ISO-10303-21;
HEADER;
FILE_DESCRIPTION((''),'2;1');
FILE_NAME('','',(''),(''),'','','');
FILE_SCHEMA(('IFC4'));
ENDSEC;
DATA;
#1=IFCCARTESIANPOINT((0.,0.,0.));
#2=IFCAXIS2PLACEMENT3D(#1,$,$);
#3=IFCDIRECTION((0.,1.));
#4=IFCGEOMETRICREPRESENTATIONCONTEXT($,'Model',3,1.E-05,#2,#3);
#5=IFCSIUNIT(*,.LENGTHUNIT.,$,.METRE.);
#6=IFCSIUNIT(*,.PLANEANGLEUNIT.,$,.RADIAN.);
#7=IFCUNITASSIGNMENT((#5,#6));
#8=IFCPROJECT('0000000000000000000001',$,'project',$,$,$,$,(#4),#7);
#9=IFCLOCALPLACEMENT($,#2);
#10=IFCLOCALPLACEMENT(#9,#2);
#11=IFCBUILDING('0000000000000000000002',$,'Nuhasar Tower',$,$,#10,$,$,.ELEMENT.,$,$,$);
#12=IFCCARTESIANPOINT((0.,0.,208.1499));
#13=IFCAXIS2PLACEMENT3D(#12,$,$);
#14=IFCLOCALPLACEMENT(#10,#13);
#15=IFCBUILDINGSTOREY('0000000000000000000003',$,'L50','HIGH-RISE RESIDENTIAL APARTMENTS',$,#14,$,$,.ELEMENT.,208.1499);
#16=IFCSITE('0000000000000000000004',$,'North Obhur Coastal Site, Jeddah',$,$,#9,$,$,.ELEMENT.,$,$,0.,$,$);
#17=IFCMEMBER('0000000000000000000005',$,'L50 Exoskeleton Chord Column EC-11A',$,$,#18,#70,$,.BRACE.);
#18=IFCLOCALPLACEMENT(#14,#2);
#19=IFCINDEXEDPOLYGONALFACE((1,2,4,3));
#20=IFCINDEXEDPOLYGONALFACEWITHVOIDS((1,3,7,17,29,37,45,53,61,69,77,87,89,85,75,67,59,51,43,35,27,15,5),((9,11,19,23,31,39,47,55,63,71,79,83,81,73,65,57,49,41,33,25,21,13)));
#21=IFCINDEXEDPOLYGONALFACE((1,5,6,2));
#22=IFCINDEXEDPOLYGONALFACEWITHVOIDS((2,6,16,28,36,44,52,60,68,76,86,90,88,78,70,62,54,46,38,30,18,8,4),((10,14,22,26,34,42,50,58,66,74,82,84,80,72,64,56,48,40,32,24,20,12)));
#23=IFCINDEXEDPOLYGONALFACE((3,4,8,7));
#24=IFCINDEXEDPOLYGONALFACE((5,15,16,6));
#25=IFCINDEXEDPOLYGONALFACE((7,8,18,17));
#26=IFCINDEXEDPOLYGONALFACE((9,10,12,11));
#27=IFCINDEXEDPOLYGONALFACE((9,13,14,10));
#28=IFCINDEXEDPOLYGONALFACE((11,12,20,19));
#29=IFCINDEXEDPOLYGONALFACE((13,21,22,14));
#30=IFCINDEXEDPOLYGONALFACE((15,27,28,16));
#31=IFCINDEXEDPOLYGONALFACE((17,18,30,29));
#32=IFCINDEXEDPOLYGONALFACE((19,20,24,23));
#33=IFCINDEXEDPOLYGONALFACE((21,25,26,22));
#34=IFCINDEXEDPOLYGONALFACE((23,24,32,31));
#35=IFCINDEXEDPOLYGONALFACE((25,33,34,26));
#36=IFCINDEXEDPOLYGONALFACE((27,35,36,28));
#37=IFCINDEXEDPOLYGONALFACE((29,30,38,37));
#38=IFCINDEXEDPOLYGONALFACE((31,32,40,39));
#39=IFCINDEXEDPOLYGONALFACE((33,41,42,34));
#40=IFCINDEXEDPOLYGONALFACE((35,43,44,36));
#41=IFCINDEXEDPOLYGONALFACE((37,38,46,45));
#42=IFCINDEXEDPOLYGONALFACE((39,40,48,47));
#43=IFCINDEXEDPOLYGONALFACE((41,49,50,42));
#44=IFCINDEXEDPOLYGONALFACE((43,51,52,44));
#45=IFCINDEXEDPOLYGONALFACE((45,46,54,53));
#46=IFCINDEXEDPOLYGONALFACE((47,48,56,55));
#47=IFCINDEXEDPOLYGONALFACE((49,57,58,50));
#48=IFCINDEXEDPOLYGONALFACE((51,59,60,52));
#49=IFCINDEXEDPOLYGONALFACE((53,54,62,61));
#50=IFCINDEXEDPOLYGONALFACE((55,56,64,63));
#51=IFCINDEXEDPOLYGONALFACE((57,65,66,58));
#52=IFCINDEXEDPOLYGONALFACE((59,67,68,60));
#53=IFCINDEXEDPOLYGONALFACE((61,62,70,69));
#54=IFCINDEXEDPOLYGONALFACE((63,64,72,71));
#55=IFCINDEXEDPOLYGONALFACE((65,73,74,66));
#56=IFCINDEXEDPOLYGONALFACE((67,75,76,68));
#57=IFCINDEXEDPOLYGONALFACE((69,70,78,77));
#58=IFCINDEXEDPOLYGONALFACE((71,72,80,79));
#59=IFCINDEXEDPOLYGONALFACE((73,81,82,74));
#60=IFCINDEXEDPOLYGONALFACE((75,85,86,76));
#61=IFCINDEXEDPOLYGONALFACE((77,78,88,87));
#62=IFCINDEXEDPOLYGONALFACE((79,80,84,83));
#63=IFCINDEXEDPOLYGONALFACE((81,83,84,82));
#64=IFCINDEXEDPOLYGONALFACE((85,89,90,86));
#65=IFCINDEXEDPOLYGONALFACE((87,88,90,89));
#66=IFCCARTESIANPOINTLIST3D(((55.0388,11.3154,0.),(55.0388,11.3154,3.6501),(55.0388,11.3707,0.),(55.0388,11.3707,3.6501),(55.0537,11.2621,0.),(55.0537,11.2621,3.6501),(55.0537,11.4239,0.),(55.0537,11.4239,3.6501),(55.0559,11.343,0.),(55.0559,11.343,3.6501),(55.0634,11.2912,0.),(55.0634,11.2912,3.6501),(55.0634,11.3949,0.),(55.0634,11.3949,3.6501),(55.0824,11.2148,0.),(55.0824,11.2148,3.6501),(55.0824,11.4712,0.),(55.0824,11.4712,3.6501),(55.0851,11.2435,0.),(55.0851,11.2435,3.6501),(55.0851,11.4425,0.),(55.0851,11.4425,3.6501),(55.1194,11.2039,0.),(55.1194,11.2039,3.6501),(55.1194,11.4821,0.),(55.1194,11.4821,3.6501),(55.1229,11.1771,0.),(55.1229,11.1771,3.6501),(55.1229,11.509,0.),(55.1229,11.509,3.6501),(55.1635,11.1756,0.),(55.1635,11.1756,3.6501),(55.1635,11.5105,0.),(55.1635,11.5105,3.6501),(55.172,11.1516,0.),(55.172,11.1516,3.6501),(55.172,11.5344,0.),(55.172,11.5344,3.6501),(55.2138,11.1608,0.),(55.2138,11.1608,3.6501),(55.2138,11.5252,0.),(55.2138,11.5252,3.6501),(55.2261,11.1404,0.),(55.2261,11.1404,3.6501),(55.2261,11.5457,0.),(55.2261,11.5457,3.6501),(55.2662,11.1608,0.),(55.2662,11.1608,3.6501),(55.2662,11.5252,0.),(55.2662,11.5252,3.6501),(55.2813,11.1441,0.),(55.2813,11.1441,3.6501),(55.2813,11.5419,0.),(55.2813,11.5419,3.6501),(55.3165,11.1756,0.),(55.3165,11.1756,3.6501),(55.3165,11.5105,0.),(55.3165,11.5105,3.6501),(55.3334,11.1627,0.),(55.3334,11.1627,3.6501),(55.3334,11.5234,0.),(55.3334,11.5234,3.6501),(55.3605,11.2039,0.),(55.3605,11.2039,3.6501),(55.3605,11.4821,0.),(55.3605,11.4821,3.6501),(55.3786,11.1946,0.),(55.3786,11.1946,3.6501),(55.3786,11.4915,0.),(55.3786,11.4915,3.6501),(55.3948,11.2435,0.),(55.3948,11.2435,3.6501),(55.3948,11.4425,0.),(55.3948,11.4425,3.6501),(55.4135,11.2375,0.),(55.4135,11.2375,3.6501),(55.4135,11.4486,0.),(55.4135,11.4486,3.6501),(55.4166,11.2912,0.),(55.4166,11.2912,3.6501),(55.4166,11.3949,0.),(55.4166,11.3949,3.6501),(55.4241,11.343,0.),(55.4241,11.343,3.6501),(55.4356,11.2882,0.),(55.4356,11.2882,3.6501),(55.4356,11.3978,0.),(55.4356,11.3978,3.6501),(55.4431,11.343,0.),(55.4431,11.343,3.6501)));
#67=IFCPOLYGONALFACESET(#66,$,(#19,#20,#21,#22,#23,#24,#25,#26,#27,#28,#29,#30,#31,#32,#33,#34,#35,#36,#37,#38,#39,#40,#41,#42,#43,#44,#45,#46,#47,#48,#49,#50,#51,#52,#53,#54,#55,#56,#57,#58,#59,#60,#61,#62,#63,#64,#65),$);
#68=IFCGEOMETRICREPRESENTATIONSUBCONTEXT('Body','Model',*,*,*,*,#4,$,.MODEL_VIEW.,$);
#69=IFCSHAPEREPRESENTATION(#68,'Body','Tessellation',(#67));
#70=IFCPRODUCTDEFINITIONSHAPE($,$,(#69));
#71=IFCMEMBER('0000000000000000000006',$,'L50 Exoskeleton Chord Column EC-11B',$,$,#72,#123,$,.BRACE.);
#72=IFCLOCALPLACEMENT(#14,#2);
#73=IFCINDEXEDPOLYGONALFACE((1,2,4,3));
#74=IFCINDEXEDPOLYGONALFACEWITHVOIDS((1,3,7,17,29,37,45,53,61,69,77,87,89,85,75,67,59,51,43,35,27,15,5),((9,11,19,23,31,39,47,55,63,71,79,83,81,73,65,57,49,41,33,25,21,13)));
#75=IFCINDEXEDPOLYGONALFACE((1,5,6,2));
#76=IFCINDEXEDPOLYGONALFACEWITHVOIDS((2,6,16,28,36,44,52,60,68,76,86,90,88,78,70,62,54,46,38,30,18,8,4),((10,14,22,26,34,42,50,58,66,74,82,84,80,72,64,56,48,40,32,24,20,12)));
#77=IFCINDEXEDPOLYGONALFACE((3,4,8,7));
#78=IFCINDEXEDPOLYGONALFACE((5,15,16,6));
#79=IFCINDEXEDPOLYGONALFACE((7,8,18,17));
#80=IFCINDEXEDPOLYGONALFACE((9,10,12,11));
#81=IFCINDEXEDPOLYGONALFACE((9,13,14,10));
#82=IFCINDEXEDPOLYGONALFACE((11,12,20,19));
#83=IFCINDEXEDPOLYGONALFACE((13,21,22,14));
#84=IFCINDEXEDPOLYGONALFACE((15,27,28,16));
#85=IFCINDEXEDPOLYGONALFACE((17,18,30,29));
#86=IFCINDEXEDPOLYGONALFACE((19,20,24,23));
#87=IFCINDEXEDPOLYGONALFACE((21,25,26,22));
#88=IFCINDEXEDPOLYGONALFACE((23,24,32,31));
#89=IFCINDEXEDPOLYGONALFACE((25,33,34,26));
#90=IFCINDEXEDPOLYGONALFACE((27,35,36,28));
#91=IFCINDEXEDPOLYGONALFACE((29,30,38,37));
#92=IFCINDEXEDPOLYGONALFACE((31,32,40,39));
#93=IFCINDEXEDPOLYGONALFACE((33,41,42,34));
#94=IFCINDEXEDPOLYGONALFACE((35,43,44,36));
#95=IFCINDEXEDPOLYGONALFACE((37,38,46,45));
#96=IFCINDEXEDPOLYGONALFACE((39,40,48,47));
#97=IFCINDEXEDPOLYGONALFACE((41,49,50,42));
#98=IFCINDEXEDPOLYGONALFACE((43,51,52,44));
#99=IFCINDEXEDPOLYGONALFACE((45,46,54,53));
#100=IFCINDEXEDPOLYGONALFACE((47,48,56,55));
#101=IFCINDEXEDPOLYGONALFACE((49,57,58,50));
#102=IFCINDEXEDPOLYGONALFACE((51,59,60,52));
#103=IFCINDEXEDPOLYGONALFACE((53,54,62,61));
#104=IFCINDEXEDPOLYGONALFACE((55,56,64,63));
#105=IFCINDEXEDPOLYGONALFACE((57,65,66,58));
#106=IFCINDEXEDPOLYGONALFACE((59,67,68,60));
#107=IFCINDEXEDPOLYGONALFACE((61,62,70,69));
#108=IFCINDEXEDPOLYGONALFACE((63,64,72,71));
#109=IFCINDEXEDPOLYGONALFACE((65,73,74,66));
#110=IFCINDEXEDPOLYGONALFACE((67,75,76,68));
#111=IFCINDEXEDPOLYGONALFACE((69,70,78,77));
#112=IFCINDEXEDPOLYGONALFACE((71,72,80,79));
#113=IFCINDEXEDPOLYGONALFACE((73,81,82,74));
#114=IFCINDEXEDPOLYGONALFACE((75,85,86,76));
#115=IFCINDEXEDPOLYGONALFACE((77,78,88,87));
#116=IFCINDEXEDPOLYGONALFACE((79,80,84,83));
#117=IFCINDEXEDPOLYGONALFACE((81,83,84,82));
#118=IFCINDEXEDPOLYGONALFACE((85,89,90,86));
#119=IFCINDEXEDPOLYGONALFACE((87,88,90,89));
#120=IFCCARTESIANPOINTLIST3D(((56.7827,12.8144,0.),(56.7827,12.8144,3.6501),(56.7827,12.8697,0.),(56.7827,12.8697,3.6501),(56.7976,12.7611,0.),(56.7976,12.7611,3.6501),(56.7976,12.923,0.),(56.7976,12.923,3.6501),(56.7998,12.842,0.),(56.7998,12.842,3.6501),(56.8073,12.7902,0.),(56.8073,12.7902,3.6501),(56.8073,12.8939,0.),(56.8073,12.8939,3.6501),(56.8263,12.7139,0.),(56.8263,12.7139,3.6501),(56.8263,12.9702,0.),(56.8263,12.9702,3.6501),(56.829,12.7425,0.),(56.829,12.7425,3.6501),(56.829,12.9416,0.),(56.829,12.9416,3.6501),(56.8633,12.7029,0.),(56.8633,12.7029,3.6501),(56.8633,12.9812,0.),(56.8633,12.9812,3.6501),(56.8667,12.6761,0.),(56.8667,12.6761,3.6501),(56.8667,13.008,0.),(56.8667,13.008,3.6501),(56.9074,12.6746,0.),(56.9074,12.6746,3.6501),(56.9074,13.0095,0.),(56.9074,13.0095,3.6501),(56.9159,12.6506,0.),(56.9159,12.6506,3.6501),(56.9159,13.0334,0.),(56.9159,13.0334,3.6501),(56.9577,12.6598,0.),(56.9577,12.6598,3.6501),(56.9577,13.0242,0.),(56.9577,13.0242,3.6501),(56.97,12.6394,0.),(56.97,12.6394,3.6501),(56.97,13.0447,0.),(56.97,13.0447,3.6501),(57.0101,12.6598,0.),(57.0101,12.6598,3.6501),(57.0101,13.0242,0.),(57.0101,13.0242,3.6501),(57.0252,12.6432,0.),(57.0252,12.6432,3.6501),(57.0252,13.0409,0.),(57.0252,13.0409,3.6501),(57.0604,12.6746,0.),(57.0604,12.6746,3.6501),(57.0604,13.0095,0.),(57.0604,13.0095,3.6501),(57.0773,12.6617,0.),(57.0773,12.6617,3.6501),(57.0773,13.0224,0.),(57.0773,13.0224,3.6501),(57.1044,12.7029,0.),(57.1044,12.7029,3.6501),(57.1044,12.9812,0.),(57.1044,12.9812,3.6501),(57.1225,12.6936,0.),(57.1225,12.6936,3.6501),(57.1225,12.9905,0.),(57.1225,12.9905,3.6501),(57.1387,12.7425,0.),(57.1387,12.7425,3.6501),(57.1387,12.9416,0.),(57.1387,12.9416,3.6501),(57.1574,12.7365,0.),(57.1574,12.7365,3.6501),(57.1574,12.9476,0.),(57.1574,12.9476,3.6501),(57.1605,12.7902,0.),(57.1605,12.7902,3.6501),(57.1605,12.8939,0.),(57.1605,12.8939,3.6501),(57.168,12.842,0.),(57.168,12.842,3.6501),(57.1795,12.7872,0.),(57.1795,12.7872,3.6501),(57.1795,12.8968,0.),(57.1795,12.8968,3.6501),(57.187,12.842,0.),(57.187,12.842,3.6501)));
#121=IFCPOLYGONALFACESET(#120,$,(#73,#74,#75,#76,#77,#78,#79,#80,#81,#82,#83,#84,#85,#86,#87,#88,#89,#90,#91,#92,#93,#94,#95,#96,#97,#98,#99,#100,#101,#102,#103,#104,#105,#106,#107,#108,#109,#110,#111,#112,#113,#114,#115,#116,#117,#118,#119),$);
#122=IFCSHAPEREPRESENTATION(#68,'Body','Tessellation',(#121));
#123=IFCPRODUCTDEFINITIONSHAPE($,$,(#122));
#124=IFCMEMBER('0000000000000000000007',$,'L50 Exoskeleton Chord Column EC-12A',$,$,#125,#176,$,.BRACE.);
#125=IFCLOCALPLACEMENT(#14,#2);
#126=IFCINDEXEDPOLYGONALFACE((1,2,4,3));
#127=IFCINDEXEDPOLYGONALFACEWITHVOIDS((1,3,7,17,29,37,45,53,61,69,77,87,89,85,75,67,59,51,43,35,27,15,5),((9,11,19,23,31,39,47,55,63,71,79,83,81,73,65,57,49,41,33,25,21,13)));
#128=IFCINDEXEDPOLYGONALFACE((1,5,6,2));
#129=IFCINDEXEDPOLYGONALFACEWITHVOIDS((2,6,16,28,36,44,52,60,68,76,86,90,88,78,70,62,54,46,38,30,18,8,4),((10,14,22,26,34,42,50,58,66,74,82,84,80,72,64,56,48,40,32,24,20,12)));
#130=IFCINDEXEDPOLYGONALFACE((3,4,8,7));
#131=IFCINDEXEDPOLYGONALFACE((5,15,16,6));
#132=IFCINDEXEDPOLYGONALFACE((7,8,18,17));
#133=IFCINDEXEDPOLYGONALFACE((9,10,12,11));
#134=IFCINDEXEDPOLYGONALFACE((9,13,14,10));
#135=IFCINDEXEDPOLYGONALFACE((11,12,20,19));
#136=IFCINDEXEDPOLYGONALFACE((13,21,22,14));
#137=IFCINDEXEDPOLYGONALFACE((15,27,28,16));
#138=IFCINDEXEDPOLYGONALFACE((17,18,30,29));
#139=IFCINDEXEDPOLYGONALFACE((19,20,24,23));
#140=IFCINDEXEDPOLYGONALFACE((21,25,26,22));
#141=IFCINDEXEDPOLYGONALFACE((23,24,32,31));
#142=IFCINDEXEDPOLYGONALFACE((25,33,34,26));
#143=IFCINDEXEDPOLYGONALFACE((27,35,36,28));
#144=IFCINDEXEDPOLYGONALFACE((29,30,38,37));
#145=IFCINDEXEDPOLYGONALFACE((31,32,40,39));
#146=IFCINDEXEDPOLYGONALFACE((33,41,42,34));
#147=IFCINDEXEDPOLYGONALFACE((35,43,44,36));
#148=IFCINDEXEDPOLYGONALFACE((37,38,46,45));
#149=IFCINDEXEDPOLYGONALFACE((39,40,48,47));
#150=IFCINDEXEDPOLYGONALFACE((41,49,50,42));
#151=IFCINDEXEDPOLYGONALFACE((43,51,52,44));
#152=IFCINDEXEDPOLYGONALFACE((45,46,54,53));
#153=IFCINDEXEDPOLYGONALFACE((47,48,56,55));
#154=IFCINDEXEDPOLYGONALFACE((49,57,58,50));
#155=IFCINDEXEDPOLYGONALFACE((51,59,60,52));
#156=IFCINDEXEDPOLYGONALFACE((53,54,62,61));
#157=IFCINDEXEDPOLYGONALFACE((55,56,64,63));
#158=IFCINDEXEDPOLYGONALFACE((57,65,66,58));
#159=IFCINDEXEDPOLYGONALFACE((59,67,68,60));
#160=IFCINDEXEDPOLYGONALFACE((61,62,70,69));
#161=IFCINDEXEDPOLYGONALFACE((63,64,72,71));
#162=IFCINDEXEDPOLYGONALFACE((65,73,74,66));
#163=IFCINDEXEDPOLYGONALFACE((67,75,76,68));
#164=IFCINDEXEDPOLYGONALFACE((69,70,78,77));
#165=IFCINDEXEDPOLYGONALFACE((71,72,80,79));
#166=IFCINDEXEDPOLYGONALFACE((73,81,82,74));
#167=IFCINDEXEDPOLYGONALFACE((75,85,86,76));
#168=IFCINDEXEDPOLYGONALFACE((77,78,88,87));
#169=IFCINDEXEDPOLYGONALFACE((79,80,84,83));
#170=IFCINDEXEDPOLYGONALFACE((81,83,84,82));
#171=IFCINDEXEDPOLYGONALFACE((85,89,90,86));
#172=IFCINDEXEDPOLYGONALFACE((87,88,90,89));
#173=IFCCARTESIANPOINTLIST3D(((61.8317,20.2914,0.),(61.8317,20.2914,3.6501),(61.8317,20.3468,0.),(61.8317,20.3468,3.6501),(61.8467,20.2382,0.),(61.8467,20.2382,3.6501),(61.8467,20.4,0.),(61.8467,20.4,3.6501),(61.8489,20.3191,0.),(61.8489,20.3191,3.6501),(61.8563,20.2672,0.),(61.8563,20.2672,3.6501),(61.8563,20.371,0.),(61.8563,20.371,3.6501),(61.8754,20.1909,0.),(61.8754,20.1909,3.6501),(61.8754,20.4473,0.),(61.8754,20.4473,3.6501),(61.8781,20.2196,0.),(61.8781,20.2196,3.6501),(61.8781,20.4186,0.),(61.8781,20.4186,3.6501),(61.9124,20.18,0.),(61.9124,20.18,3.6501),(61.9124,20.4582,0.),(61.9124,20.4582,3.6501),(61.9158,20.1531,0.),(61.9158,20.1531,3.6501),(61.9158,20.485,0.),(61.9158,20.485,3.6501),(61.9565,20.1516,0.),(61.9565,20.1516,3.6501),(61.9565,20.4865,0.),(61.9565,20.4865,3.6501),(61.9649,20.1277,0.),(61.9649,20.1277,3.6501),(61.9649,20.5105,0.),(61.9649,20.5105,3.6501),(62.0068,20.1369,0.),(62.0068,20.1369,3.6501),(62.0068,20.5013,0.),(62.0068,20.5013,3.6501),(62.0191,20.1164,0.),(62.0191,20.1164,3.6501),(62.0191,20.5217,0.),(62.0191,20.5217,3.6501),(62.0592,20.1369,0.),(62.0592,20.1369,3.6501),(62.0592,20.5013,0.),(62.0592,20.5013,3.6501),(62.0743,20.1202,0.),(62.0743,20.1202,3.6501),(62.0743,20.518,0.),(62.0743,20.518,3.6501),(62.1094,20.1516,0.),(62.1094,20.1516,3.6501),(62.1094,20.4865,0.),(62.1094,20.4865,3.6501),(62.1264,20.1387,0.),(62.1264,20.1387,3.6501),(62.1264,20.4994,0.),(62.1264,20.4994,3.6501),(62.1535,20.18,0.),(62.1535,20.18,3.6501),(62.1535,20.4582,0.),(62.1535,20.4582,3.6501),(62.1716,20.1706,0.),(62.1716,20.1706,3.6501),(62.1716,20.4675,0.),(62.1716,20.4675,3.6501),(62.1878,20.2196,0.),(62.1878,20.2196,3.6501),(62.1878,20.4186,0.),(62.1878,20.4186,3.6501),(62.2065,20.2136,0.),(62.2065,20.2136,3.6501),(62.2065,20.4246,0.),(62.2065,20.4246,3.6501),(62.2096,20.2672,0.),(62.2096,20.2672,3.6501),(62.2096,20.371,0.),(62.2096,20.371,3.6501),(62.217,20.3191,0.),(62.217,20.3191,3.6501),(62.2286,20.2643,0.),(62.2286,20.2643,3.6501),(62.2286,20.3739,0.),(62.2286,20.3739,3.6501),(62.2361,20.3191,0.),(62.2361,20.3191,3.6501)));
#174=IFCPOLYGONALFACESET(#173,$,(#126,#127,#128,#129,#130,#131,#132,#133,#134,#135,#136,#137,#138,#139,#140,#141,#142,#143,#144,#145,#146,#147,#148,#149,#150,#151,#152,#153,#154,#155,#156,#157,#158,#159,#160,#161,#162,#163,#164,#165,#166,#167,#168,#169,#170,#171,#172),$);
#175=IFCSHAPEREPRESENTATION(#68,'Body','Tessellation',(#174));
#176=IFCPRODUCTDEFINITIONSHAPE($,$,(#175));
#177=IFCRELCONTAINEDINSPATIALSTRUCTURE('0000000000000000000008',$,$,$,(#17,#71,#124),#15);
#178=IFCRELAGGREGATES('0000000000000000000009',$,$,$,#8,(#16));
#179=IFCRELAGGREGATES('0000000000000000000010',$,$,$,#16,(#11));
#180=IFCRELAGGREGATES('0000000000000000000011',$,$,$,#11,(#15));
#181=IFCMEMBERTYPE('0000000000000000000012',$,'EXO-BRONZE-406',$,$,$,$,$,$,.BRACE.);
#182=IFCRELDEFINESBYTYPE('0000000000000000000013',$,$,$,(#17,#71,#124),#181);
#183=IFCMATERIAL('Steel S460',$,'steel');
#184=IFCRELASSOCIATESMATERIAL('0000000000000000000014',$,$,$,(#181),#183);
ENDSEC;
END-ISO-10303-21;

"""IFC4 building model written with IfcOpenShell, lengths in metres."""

from ifc_helpers import new_model, si_unit, direction, frame, origin, origin_2d, place, context, subcontext, project, spatial, hollow_circle, extrude, material, material_profile, profile_set, type_object, element, save


model = new_model("IFC4")

# Units and contexts
model_context = context("Model", 3, precision=1e-05, world=origin(), true_north=direction((0.0, 1.0)))
body_context = subcontext(model_context, "Body", "Model", "MODEL_VIEW")
ifc_project = project(units=[si_unit("LENGTHUNIT", "METRE"), si_unit("PLANEANGLEUNIT", "RADIAN")], contexts=[model_context])

# Site, building, storey
site_placement = place(None, origin())
site = spatial("IfcSite", under=ifc_project, at=site_placement, Name="North Obhur Coastal Site, Jeddah", CompositionType="ELEMENT", RefElevation=0.0)
building_placement = place(site_placement, origin())
building = spatial("IfcBuilding", under=site, at=building_placement, Name="Nuhasar Tower", CompositionType="ELEMENT")
storey_placement = place(building_placement, frame((0.0, 0.0, 208.1499)))
storey = spatial("IfcBuildingStorey", under=building, at=storey_placement, Name="L50", Description="HIGH-RISE RESIDENTIAL APARTMENTS", CompositionType="ELEMENT", Elevation=208.1499)

# Members
ifc_material_1 = material(Name="Steel S460", Category="steel")
ifc_material_profile_1 = material_profile(ifc_material_1, hollow_circle(Radius=0.2031, WallThickness=0.019, at=origin_2d()), Name="HSS406.4X19.1")
ifc_profile_set_1 = profile_set([ifc_material_profile_1], Name="Steel S460")
member_type_1 = type_object("IfcMemberType", Name="EXO-BRONZE-406", PredefinedType="BRACE", material=ifc_profile_set_1)
for number, where, z_axis, x_axis, name in (
    (1, (55.24, 11.343, 0.0), (0.0, 0.0, 1.0), (1.0, 0.0, 0.0), "L50 Exoskeleton Chord Column EC-11A"),
    (2, (56.9839, 12.842, 0.0), (0.0, 0.0, 1.0), (1.0, 0.0, 0.0), "L50 Exoskeleton Chord Column EC-11B"),
    (3, (62.033, 20.3191, 0.0), (0.0, 0.0, 1.0), (1.0, 0.0, 0.0), "L50 Exoskeleton Chord Column EC-12A"),
):
    element("IfcMember", number, at=place(storey_placement, frame(where, z_axis=z_axis, x_axis=x_axis)), inside=storey, type_object=member_type_1, Name=name, PredefinedType="BRACE", context=body_context, shape_type="SweptSolid", body=[
        extrude(hollow_circle(Radius=0.2031, WallThickness=0.019, at=origin_2d()), origin(), (0.0, 0.0, 1.0), 3.6501),
    ])

save(model, "model.ifc")
